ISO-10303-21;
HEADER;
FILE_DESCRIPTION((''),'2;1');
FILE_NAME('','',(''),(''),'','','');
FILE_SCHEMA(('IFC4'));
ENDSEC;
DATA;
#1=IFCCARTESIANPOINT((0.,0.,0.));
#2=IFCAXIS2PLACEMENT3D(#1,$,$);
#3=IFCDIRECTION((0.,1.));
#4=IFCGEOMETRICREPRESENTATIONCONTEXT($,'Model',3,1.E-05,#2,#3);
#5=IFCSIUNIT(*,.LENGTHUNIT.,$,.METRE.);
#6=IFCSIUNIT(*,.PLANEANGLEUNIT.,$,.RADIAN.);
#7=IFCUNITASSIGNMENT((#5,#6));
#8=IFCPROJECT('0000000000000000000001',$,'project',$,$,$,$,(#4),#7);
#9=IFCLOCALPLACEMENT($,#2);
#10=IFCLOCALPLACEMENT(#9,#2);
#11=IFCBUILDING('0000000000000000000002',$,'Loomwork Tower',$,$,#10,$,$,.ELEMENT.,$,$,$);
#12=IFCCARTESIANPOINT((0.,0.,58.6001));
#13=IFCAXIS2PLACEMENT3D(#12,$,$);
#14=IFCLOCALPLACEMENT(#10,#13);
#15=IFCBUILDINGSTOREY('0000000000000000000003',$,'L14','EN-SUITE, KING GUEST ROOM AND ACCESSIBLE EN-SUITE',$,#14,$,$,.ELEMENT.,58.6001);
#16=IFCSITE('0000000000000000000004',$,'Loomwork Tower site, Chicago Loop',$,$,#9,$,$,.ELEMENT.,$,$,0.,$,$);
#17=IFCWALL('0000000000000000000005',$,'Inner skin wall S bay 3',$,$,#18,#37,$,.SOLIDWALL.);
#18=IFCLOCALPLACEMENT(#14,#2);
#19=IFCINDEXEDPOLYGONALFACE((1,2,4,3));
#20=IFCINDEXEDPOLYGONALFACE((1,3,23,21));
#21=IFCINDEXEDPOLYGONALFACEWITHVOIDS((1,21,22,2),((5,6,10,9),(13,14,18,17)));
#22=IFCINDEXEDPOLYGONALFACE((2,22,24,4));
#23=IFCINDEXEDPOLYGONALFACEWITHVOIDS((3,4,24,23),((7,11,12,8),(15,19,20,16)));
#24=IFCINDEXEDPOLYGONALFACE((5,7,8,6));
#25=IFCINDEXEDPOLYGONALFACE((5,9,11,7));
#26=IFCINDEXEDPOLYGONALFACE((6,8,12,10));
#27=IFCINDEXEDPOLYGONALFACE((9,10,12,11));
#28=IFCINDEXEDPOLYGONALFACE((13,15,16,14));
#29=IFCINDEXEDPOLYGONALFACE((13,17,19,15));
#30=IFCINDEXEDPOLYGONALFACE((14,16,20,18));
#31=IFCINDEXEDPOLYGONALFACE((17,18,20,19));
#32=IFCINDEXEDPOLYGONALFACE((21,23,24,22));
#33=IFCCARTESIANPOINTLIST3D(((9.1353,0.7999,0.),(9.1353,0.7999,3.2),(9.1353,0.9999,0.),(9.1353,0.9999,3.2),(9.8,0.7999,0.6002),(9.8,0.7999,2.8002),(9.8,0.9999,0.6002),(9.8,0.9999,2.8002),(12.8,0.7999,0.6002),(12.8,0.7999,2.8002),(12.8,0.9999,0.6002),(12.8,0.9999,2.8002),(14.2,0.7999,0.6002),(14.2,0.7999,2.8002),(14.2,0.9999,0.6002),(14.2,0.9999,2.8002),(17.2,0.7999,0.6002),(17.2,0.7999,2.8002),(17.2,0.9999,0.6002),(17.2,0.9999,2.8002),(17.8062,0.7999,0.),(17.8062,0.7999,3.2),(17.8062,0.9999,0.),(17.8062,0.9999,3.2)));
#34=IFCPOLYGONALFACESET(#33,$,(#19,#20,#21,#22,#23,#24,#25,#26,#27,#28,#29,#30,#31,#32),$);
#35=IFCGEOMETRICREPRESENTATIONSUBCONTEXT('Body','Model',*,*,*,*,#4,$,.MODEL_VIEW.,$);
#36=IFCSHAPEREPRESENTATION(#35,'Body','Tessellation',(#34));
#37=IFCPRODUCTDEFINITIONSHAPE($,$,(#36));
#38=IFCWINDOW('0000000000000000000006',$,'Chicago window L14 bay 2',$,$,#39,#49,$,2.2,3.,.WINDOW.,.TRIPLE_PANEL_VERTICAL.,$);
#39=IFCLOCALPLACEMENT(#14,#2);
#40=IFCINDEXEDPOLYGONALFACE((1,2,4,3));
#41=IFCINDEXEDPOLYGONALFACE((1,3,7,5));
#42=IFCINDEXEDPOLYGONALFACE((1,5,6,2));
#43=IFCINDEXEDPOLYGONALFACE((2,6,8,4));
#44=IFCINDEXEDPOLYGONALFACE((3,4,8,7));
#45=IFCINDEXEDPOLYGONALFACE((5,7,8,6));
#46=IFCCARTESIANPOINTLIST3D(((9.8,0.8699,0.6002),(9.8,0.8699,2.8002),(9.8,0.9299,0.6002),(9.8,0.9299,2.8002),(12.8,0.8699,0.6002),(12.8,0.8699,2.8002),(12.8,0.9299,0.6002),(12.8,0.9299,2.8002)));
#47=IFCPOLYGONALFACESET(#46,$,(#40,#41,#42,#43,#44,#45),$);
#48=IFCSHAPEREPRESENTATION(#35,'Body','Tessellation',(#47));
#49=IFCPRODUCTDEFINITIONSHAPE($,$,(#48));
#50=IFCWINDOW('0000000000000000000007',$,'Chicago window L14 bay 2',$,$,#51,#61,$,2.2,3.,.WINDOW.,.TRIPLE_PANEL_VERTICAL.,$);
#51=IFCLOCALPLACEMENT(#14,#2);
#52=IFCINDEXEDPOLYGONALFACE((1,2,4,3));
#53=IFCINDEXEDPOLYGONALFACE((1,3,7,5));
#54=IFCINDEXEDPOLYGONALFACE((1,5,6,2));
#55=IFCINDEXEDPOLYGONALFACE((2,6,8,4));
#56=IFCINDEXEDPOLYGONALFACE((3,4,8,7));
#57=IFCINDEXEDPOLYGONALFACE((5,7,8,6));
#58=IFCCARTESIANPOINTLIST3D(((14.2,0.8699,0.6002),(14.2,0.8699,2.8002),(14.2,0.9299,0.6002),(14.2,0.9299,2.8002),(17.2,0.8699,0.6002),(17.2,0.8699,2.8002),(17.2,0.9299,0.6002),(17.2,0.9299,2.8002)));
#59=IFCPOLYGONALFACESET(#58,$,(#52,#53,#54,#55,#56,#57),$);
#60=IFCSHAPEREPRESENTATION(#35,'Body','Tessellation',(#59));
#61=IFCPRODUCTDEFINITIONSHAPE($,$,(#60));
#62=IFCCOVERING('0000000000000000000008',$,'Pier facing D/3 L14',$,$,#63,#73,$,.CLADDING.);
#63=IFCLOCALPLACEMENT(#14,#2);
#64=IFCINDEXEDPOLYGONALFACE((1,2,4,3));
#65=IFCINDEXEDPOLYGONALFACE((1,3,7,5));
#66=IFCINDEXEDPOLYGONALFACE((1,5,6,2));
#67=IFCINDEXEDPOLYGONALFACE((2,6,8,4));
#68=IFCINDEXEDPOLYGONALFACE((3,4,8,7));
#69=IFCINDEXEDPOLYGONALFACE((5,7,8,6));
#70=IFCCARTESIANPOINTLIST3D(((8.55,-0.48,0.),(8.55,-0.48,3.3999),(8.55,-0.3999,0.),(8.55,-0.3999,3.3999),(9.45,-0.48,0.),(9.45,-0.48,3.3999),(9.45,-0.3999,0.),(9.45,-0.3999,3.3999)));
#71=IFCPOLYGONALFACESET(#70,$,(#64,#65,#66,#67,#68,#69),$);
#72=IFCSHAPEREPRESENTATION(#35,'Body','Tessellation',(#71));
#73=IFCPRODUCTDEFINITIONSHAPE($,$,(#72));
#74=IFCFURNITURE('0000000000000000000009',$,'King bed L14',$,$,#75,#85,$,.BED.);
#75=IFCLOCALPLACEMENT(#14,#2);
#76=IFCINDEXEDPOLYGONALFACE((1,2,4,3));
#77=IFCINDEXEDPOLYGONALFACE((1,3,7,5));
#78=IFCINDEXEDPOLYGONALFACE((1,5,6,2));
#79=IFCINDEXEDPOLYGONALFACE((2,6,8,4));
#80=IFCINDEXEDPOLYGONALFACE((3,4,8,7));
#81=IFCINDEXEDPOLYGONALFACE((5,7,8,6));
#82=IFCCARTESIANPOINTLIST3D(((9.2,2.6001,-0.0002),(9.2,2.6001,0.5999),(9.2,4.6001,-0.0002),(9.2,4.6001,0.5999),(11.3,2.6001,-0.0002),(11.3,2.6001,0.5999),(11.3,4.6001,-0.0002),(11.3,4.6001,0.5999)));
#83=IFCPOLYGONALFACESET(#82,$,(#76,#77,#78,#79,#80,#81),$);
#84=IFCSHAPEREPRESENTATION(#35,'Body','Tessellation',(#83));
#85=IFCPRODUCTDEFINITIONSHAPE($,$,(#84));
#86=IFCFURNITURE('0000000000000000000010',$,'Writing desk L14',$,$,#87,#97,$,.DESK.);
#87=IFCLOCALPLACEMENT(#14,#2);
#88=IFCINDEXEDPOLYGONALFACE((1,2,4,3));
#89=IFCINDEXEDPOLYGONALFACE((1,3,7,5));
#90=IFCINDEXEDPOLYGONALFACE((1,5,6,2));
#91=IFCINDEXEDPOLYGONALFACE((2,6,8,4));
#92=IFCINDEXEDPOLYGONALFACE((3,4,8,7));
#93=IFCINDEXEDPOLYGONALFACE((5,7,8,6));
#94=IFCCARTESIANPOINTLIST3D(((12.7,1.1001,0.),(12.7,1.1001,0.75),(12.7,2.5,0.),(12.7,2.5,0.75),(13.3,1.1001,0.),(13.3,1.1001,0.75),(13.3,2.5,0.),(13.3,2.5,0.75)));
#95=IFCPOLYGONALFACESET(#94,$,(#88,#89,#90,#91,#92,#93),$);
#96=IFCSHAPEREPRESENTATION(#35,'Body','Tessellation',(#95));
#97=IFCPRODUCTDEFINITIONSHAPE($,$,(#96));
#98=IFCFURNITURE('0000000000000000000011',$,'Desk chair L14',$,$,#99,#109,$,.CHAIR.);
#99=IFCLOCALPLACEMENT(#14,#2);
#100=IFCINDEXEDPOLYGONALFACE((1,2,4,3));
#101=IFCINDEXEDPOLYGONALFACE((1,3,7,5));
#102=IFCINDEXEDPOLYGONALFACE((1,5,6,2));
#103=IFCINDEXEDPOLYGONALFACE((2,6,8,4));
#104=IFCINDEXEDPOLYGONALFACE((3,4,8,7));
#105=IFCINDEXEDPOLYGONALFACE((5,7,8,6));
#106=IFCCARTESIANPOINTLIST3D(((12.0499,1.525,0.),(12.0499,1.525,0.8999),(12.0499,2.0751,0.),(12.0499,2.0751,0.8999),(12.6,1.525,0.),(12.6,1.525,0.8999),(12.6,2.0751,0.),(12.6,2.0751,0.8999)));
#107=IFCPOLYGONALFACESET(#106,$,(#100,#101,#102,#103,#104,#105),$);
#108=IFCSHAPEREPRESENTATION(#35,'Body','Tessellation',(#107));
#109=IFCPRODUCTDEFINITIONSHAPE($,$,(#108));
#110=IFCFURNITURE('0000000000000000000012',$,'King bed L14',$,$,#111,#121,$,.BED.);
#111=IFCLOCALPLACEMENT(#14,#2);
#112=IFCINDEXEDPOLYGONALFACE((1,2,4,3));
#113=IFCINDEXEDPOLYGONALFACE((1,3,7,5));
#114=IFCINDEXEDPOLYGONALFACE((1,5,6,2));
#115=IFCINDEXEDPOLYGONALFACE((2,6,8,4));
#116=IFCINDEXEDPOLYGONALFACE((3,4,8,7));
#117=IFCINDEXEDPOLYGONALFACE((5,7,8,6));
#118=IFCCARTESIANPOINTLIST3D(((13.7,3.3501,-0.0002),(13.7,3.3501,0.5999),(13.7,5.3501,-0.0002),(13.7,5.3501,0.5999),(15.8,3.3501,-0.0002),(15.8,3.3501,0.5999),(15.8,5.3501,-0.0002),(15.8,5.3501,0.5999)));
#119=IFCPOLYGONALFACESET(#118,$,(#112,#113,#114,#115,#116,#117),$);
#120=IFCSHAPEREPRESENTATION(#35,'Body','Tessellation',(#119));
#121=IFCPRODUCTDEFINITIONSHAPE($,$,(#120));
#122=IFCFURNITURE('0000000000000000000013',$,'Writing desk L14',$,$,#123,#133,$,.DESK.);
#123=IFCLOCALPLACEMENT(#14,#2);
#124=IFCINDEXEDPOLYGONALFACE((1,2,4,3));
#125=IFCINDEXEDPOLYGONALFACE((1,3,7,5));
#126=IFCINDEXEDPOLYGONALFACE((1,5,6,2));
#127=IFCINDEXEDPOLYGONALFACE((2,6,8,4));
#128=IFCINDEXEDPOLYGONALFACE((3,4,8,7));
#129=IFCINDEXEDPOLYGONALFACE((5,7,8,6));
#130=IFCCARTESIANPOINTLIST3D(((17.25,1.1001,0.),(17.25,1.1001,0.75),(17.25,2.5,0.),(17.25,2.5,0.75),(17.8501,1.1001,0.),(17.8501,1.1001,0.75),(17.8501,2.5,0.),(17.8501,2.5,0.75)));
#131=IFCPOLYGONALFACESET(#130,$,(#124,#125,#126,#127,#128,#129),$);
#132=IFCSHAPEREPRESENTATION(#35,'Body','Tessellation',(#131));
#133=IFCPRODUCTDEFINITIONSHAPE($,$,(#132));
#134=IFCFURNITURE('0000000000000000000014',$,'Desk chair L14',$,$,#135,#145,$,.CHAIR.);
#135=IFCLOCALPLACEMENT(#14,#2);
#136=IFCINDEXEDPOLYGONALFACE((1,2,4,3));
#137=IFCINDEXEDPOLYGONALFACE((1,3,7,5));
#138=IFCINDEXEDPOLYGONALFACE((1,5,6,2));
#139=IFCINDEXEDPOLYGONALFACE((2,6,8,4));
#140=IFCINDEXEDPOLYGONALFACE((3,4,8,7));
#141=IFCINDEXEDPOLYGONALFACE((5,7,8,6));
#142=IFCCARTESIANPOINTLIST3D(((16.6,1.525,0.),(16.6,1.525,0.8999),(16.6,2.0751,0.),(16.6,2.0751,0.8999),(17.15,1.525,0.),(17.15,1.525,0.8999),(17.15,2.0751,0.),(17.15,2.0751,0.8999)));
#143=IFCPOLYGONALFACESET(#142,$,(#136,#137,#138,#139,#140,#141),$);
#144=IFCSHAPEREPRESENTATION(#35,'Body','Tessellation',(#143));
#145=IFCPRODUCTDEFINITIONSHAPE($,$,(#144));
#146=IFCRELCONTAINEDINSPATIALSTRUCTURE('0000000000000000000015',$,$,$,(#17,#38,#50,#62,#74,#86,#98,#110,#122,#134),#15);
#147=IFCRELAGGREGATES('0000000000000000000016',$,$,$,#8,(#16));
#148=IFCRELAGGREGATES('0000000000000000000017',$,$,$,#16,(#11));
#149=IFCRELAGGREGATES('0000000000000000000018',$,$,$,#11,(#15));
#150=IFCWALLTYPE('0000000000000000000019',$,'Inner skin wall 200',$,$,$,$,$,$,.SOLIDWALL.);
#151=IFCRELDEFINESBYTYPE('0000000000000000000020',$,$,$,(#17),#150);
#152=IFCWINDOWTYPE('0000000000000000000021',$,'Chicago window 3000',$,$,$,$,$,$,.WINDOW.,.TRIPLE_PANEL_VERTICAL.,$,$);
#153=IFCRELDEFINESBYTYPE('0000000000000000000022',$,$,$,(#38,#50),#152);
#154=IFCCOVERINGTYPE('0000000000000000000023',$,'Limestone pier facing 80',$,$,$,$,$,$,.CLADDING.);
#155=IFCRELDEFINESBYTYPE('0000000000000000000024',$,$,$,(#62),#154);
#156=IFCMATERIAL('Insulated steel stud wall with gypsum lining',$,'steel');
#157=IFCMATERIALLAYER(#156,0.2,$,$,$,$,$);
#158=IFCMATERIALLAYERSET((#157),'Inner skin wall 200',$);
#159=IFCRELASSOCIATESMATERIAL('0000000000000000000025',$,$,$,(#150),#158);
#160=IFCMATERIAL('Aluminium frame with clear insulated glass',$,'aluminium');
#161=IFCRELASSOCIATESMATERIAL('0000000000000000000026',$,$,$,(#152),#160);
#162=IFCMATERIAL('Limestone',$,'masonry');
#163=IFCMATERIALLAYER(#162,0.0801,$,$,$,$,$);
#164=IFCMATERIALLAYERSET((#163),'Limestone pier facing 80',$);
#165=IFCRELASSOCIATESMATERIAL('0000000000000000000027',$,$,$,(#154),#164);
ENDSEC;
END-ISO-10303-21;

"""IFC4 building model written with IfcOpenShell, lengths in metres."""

from ifc_helpers import new_model, si_unit, direction, frame, frame_2d, origin, origin_2d, place, context, subcontext, project, spatial, rectangle, extrude, material, layer, layer_set, type_object, element, fill, save


model = new_model("IFC4")

# Units and contexts
model_context = context("Model", 3, precision=1e-05, world=origin(), true_north=direction((0.0, 1.0)))
body_context = subcontext(model_context, "Body", "Model", "MODEL_VIEW")
ifc_project = project(units=[si_unit("LENGTHUNIT", "METRE"), si_unit("PLANEANGLEUNIT", "RADIAN")], contexts=[model_context])

# Site, building, storey
site_placement = place(None, origin())
site = spatial("IfcSite", under=ifc_project, at=site_placement, Name="Loomwork Tower site, Chicago Loop", CompositionType="ELEMENT", RefElevation=0.0)
building_placement = place(site_placement, origin())
building = spatial("IfcBuilding", under=site, at=building_placement, Name="Loomwork Tower", CompositionType="ELEMENT")
storey_placement = place(building_placement, frame((0.0, 0.0, 58.6001)))
storey = spatial("IfcBuildingStorey", under=building, at=storey_placement, Name="L14", Description="EN-SUITE, KING GUEST ROOM AND ACCESSIBLE EN-SUITE", CompositionType="ELEMENT", Elevation=58.6001)

# Wall, openings, windows
ifc_material_1 = material(Name="Insulated steel stud wall with gypsum lining", Category="steel")
ifc_layer_1 = layer(ifc_material_1, 0.2)
ifc_layer_set_1 = layer_set([ifc_layer_1], Name="Inner skin wall 200")
wall_type = type_object("IfcWallType", Name="Inner skin wall 200", PredefinedType="SOLIDWALL", material=ifc_layer_set_1)
wall_placement = place(storey_placement, frame((9.1353, 0.8999, 0.0), z_axis=(0.0, 0.0, 1.0), x_axis=(1.0, 0.0, 0.0)))
wall = element("IfcWall", 1, at=wall_placement, inside=storey, type_object=wall_type, Name="Inner skin wall S bay 3", PredefinedType="SOLIDWALL", context=body_context, shape_type="SweptSolid", body=[
    extrude(rectangle(XDim=8.6709, YDim=0.2, at=frame_2d((4.3354, 0.0))), origin(), (0.0, 0.0, 1.0), 3.2),
])
opening_1_placement = place(wall_placement, frame((0.6648, 0.0, 0.6001)))
opening_1 = element("IfcOpeningElement", 2, at=opening_1_placement, cuts=wall, PredefinedType="OPENING", context=body_context, shape_type="SweptSolid", body=[
    extrude(rectangle(XDim=3.0, YDim=2.2, at=frame_2d((1.5, 1.1001))), frame((0.0, 0.1099, 0.0), z_axis=(0.0, -1.0, 0.0), x_axis=(1.0, 0.0, 0.0)), (0.0, 0.0, 1.0), 0.22),
])
opening_2_placement = place(wall_placement, frame((5.0647, 0.0, 0.6001)))
opening_2 = element("IfcOpeningElement", 3, at=opening_2_placement, cuts=wall, PredefinedType="OPENING", context=body_context, shape_type="SweptSolid", body=[
    extrude(rectangle(XDim=3.0, YDim=2.2, at=frame_2d((1.5, 1.1001))), frame((0.0, 0.1099, 0.0), z_axis=(0.0, -1.0, 0.0), x_axis=(1.0, 0.0, 0.0)), (0.0, 0.0, 1.0), 0.22),
])
ifc_material_2 = material(Name="Aluminium frame with clear insulated glass", Category="aluminium")
window_type = type_object("IfcWindowType", Name="Chicago window 3000", PartitioningType="TRIPLE_PANEL_VERTICAL", PredefinedType="WINDOW", material=ifc_material_2)
window_1_placement = place(opening_1_placement, origin())
window_1 = element("IfcWindow", 4, at=window_1_placement, inside=storey, type_object=window_type, Name="Chicago window L14 bay 2", OverallHeight=2.2, OverallWidth=3.0, PartitioningType="TRIPLE_PANEL_VERTICAL", PredefinedType="WINDOW", context=body_context, shape_type="SweptSolid", body=[
    extrude(rectangle(XDim=3.0, YDim=2.2, at=frame_2d((1.5, 1.1001))), frame((0.0, 0.03, 0.0), z_axis=(0.0, -1.0, 0.0), x_axis=(1.0, 0.0, 0.0)), (0.0, 0.0, 1.0), 0.0601),
])
fill(opening_1, window_1)
window_2_placement = place(opening_2_placement, origin())
window_2 = element("IfcWindow", 5, at=window_2_placement, inside=storey, type_object=window_type, Name="Chicago window L14 bay 2", OverallHeight=2.2, OverallWidth=3.0, PartitioningType="TRIPLE_PANEL_VERTICAL", PredefinedType="WINDOW", context=body_context, shape_type="SweptSolid", body=[
    extrude(rectangle(XDim=3.0, YDim=2.2, at=frame_2d((1.5, 1.1001))), frame((0.0, 0.03, 0.0), z_axis=(0.0, -1.0, 0.0), x_axis=(1.0, 0.0, 0.0)), (0.0, 0.0, 1.0), 0.0601),
])
fill(opening_2, window_2)

# Covering
ifc_material_3 = material(Name="Limestone", Category="masonry")
ifc_layer_2 = layer(ifc_material_3, 0.0801)
ifc_layer_set_2 = layer_set([ifc_layer_2], Name="Limestone pier facing 80")
covering_type = type_object("IfcCoveringType", Name="Limestone pier facing 80", PredefinedType="CLADDING", material=ifc_layer_set_2)
covering_placement = place(storey_placement, frame((9.0, -0.4399, 0.0), z_axis=(0.0, 0.0, 1.0), x_axis=(1.0, 0.0, 0.0)))
element("IfcCovering", 6, at=covering_placement, inside=storey, type_object=covering_type, Name="Pier facing D/3 L14", PredefinedType="CLADDING", context=body_context, shape_type="SweptSolid", body=[
    extrude(rectangle(XDim=0.8999, YDim=0.0801, at=origin_2d()), origin(), (0.0, 0.0, 1.0), 3.3999),
])

# Furniture
furniture_1_placement = place(storey_placement, frame((10.25, 3.6001, -0.0002), z_axis=(0.0, 0.0, 1.0), x_axis=(1.0, 0.0, 0.0)))
element("IfcFurniture", 7, at=furniture_1_placement, inside=storey, Name="King bed L14", PredefinedType="BED", context=body_context, shape_type="SweptSolid", body=[
    extrude(rectangle(XDim=2.1001, YDim=2.0, at=origin_2d()), origin(), (0.0, 0.0, 1.0), 0.6001),
])
furniture_2_placement = place(storey_placement, frame((13.0, 1.8, 0.0), z_axis=(0.0, 0.0, 1.0), x_axis=(1.0, 0.0, 0.0)))
element("IfcFurniture", 8, at=furniture_2_placement, inside=storey, Name="Writing desk L14", PredefinedType="DESK", context=body_context, shape_type="SweptSolid", body=[
    extrude(rectangle(XDim=0.6001, YDim=1.3999, at=origin_2d()), origin(), (0.0, 0.0, 1.0), 0.75),
])
furniture_3_placement = place(storey_placement, frame((12.325, 1.8, 0.0), z_axis=(0.0, 0.0, 1.0), x_axis=(1.0, 0.0, 0.0)))
element("IfcFurniture", 9, at=furniture_3_placement, inside=storey, Name="Desk chair L14", PredefinedType="CHAIR", context=body_context, shape_type="SweptSolid", body=[
    extrude(rectangle(XDim=0.55, YDim=0.55, at=origin_2d()), origin(), (0.0, 0.0, 1.0), 0.8999),
])
furniture_4_placement = place(storey_placement, frame((14.75, 4.3501, -0.0002), z_axis=(0.0, 0.0, 1.0), x_axis=(1.0, 0.0, 0.0)))
element("IfcFurniture", 10, at=furniture_4_placement, inside=storey, Name="King bed L14", PredefinedType="BED", context=body_context, shape_type="SweptSolid", body=[
    extrude(rectangle(XDim=2.1001, YDim=2.0, at=origin_2d()), origin(), (0.0, 0.0, 1.0), 0.6001),
])
furniture_5_placement = place(storey_placement, frame((17.55, 1.8, 0.0), z_axis=(0.0, 0.0, 1.0), x_axis=(1.0, 0.0, 0.0)))
element("IfcFurniture", 11, at=furniture_5_placement, inside=storey, Name="Writing desk L14", PredefinedType="DESK", context=body_context, shape_type="SweptSolid", body=[
    extrude(rectangle(XDim=0.6001, YDim=1.3999, at=origin_2d()), origin(), (0.0, 0.0, 1.0), 0.75),
])
furniture_6_placement = place(storey_placement, frame((16.875, 1.8, 0.0), z_axis=(0.0, 0.0, 1.0), x_axis=(1.0, 0.0, 0.0)))
element("IfcFurniture", 12, at=furniture_6_placement, inside=storey, Name="Desk chair L14", PredefinedType="CHAIR", context=body_context, shape_type="SweptSolid", body=[
    extrude(rectangle(XDim=0.55, YDim=0.55, at=origin_2d()), origin(), (0.0, 0.0, 1.0), 0.8999),
])

save(model, "model.ifc")
